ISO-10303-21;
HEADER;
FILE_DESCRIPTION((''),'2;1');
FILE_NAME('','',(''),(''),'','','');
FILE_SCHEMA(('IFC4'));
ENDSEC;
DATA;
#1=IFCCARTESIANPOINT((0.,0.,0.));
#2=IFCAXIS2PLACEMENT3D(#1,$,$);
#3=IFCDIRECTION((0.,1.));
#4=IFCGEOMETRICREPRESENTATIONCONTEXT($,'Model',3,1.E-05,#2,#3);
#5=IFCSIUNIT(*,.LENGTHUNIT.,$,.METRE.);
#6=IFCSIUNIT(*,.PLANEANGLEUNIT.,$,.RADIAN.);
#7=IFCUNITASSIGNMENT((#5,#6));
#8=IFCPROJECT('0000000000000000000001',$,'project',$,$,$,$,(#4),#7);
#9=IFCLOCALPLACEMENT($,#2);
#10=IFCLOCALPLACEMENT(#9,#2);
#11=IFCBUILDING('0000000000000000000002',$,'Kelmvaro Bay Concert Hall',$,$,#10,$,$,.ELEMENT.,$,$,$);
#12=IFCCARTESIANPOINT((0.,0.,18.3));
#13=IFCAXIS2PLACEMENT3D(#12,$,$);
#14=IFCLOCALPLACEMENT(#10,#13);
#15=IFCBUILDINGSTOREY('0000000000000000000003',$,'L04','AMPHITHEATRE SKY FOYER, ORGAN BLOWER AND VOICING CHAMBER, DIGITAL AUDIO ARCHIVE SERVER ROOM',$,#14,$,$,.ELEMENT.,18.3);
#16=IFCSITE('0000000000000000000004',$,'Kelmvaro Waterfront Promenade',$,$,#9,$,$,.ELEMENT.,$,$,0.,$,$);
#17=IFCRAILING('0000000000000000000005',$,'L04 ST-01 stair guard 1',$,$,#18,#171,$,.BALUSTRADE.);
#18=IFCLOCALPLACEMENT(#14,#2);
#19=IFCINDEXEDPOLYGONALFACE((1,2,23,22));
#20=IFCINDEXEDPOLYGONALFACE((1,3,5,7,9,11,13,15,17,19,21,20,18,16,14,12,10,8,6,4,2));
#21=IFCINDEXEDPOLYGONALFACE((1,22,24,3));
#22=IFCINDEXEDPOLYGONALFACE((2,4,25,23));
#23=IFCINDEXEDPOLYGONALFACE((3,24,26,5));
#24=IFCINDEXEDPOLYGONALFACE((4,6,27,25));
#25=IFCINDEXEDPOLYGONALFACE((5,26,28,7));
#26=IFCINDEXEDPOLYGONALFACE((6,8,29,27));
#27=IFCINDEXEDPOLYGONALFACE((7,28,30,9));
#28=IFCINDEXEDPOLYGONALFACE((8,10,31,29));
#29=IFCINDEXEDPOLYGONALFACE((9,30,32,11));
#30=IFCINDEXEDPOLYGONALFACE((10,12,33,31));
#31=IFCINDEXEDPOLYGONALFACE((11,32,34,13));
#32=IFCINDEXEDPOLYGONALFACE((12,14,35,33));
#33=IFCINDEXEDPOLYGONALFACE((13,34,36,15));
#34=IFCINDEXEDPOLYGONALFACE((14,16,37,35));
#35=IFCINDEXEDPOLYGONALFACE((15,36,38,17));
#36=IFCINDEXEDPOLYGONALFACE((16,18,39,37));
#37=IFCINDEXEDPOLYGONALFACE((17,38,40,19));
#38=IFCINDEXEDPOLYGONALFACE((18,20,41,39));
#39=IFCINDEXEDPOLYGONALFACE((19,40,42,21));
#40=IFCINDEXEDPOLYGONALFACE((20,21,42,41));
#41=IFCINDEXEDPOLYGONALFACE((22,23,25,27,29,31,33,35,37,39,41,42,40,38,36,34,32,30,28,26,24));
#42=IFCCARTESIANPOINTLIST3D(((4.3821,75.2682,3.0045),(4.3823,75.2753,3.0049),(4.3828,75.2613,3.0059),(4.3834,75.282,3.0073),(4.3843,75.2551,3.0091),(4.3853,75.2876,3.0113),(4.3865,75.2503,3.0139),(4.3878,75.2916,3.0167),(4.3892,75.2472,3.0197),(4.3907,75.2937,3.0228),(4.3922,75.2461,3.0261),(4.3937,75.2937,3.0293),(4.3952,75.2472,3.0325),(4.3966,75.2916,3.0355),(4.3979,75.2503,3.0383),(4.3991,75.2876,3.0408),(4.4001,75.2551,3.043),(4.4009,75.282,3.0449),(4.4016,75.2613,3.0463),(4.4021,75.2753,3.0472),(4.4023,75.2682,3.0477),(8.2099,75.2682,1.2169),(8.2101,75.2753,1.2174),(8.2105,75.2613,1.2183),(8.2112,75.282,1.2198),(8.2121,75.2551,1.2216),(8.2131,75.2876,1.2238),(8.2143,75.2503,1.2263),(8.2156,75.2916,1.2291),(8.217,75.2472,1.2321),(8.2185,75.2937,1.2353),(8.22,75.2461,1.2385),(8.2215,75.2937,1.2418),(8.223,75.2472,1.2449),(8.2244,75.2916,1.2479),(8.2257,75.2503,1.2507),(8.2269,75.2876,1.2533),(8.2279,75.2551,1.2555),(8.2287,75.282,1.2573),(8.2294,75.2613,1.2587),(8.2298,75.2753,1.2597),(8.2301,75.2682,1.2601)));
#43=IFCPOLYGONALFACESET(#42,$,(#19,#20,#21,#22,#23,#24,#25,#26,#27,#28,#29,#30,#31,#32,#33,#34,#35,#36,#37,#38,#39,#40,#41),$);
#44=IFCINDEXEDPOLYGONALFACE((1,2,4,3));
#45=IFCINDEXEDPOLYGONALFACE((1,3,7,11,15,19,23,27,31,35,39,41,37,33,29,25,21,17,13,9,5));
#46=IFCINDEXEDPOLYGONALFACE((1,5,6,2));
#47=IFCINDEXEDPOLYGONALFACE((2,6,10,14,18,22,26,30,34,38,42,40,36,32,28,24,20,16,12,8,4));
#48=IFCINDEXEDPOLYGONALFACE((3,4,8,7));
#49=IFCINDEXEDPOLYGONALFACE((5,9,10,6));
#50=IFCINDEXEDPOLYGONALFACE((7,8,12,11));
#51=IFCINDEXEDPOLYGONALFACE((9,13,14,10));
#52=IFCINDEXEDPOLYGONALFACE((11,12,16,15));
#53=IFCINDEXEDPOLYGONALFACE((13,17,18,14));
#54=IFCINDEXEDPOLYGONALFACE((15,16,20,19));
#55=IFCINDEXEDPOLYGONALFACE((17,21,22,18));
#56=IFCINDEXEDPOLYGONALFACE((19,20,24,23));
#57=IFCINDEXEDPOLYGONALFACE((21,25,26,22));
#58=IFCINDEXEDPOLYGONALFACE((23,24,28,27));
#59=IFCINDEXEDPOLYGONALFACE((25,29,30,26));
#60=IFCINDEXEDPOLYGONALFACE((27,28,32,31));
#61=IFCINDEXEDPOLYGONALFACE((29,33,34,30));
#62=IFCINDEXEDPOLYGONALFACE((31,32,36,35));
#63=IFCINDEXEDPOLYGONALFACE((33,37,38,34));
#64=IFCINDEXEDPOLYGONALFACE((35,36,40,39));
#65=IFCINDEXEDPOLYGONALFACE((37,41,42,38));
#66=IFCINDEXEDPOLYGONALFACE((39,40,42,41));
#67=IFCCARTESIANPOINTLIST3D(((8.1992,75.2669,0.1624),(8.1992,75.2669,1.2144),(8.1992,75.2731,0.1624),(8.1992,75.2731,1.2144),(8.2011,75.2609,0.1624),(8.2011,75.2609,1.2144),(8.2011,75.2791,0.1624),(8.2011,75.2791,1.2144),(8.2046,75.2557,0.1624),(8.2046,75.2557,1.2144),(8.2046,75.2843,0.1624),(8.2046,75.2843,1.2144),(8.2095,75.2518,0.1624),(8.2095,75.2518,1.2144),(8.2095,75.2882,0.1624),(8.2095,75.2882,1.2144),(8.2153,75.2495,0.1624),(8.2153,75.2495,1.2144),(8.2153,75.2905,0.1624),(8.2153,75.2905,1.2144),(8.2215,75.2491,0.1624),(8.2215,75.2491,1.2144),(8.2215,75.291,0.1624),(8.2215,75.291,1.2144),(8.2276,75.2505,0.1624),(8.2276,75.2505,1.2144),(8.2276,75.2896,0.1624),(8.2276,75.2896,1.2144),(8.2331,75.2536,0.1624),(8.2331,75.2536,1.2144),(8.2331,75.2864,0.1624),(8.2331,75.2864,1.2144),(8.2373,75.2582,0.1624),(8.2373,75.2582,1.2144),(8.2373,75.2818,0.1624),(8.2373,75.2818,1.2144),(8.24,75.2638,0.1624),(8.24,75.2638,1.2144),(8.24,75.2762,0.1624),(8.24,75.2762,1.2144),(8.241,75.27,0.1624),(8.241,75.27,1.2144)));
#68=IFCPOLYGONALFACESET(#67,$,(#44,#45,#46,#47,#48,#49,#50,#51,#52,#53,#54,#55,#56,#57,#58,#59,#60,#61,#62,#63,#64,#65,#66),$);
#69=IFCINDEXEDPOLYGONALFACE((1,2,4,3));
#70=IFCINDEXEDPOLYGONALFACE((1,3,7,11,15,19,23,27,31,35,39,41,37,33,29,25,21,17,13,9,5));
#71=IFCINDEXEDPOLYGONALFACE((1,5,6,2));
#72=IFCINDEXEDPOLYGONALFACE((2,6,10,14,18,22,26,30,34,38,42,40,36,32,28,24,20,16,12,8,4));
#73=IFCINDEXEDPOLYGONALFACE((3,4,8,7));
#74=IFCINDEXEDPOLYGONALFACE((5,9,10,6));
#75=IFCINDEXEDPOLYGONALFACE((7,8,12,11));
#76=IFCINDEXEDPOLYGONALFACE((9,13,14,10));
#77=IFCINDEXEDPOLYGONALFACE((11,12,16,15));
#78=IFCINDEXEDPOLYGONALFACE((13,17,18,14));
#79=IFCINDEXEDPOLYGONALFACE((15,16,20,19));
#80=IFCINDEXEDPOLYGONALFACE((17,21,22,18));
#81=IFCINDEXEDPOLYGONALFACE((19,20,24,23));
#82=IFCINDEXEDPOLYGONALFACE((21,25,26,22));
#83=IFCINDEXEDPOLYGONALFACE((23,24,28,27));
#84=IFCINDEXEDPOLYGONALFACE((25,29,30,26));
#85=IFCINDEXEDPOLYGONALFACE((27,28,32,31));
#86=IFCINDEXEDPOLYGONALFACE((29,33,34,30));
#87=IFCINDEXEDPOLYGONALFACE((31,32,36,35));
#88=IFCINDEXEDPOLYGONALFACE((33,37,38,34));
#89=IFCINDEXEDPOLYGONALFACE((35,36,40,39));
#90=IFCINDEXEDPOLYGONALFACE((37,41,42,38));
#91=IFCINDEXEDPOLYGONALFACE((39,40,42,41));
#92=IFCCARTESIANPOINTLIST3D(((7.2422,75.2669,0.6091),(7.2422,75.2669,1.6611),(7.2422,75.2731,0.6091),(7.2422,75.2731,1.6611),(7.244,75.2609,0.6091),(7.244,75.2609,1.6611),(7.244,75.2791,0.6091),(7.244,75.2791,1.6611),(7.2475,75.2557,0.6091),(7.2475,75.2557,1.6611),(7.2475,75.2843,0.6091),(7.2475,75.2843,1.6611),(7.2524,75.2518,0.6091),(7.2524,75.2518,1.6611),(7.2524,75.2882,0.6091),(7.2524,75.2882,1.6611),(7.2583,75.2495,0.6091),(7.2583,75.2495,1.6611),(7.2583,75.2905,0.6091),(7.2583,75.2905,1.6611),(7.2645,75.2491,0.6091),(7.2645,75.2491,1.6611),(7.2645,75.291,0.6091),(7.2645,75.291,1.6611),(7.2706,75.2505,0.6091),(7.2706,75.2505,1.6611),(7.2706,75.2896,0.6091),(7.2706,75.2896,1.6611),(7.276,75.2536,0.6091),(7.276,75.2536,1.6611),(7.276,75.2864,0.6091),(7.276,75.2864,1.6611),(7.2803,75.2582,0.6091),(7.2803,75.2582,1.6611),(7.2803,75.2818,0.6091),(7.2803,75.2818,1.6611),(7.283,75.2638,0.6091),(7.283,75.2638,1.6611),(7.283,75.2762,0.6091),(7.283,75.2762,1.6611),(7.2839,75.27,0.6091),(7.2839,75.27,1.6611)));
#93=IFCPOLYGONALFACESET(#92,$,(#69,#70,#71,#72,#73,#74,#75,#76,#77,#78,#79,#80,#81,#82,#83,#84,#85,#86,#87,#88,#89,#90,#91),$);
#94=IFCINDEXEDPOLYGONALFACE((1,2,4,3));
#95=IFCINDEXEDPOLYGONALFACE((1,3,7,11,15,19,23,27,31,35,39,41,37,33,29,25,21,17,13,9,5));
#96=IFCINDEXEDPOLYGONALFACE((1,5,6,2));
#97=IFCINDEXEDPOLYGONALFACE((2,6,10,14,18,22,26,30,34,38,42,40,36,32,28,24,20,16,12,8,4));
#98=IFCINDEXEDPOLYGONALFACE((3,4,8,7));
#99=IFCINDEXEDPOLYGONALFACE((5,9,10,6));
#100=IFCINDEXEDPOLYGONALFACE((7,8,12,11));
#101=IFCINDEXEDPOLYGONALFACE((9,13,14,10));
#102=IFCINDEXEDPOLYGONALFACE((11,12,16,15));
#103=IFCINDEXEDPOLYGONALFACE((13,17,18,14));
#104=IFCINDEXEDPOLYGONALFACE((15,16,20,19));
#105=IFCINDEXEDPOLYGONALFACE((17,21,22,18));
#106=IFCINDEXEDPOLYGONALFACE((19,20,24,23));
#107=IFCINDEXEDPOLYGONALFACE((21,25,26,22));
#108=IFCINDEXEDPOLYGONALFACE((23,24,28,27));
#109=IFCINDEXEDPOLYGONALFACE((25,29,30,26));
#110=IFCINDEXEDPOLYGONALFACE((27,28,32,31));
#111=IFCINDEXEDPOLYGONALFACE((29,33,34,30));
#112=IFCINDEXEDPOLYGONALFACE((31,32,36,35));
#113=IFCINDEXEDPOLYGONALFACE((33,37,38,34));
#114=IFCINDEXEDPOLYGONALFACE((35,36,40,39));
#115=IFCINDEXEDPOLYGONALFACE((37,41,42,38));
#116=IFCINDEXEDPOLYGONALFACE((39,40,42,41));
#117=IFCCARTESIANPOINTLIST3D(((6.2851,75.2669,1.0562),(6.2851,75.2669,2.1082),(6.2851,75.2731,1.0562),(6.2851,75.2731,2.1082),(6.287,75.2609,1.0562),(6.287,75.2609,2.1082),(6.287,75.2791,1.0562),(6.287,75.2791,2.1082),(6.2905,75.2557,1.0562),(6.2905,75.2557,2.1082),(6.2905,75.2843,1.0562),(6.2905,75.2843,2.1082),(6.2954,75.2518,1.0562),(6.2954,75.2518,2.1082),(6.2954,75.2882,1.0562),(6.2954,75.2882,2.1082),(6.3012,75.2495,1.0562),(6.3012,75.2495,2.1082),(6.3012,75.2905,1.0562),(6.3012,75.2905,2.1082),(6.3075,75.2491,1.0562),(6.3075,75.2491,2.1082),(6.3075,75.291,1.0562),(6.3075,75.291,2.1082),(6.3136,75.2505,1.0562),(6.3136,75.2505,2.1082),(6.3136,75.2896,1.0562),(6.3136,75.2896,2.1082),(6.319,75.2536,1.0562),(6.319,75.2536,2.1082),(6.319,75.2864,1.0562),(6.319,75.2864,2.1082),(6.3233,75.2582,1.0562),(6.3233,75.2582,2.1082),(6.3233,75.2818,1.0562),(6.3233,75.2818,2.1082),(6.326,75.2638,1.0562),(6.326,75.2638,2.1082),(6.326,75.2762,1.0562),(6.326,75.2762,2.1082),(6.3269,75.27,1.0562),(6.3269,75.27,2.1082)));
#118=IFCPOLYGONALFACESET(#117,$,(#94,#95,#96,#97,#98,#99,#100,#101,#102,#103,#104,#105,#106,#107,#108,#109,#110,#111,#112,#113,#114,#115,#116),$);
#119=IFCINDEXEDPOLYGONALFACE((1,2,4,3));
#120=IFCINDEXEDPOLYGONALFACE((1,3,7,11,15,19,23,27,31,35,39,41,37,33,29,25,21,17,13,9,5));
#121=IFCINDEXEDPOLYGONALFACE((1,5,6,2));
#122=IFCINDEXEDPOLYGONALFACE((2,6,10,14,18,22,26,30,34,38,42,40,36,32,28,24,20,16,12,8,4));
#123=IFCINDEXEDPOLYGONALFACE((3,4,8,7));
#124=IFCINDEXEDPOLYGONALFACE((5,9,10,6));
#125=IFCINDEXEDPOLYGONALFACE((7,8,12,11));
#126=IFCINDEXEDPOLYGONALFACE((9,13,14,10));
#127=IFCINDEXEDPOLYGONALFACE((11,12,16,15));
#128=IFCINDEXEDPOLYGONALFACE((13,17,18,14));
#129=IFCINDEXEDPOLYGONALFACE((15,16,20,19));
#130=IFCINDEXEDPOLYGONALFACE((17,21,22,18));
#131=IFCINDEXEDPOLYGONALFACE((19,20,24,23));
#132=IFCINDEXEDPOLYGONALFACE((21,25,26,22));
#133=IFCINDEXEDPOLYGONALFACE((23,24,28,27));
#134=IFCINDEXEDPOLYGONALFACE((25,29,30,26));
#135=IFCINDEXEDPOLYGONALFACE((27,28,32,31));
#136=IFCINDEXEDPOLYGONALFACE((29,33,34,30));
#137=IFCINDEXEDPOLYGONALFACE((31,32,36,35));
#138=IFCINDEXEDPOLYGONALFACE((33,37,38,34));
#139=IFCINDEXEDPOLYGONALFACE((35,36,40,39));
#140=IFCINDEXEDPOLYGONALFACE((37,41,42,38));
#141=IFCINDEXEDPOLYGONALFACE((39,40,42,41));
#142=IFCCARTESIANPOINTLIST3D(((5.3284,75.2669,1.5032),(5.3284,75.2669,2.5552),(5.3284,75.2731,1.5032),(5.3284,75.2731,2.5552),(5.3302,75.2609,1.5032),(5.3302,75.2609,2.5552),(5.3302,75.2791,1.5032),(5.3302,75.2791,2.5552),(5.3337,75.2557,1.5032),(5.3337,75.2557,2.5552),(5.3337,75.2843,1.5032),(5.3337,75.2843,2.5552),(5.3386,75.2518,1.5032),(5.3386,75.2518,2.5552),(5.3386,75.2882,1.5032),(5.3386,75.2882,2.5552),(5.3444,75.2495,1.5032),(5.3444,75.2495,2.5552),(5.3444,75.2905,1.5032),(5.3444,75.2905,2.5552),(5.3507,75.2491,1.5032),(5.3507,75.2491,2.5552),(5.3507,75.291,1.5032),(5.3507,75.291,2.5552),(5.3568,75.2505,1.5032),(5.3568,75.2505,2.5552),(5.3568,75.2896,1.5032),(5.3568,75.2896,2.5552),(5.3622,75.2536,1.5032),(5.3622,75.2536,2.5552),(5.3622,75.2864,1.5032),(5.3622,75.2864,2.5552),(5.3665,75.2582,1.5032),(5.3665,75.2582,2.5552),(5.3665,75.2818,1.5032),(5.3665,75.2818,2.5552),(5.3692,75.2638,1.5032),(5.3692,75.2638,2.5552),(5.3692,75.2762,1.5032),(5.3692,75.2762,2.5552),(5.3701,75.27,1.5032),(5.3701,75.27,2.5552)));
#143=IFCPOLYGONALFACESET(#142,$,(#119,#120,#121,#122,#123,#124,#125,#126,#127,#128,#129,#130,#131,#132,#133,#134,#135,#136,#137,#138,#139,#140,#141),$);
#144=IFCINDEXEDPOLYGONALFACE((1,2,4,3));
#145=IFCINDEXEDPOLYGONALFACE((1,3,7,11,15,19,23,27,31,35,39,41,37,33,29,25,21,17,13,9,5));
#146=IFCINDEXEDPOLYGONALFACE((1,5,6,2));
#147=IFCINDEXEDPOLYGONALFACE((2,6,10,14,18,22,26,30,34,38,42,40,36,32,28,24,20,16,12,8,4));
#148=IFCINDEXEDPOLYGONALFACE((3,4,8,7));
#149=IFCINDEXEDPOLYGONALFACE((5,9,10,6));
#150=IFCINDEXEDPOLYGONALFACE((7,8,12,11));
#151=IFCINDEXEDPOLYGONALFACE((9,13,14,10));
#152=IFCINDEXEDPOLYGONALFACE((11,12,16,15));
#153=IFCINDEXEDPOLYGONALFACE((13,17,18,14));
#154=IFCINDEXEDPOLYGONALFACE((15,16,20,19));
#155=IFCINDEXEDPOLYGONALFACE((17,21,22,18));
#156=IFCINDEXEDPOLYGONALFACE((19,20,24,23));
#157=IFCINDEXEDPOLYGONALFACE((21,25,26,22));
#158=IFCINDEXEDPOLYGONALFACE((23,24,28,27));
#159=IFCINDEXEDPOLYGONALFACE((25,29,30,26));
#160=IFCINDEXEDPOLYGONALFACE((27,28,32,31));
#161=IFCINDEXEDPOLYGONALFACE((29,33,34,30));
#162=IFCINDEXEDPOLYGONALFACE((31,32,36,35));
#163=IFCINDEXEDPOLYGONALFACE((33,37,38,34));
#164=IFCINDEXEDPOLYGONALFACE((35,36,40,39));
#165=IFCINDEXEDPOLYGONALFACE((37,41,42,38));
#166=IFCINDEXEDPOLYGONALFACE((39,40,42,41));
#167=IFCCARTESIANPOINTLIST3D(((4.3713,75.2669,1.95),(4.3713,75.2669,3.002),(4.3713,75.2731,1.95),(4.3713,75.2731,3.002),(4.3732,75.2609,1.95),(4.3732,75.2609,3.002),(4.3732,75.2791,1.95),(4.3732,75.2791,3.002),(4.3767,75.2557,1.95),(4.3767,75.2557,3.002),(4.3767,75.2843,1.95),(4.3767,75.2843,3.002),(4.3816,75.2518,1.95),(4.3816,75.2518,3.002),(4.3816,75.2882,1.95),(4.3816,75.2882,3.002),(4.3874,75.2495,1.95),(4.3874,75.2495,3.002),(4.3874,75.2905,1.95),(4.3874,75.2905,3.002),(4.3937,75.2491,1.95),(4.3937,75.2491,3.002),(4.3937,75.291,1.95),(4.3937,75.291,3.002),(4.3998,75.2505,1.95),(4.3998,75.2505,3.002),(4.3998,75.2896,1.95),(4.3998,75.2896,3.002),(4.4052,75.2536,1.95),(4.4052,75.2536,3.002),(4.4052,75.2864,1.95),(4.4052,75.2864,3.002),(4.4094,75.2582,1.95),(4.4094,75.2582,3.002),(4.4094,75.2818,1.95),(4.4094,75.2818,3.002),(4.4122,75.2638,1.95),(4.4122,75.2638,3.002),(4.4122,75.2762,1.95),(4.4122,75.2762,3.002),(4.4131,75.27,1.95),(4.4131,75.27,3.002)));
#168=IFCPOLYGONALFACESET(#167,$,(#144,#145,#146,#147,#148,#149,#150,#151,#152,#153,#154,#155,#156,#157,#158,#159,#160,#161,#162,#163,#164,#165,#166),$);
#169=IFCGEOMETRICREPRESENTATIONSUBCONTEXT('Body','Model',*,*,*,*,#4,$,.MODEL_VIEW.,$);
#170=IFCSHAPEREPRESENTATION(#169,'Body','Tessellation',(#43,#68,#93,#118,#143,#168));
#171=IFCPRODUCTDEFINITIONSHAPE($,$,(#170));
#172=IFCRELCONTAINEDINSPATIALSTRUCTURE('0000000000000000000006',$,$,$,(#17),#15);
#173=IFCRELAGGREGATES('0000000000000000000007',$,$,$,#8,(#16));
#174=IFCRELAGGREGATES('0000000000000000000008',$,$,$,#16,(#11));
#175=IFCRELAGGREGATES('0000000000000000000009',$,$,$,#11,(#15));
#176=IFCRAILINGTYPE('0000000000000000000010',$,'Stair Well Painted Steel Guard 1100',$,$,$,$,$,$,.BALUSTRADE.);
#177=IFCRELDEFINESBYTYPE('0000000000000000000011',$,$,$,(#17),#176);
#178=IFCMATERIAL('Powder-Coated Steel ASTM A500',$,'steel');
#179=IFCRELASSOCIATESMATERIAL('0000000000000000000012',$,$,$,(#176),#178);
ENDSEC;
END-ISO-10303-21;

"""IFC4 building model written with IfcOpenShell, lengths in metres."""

from ifc_helpers import new_model, si_unit, direction, frame, origin, origin_2d, place, context, subcontext, project, spatial, circle, extrude, material, type_object, element, save


model = new_model("IFC4")

# Units and contexts
model_context = context("Model", 3, precision=1e-05, world=origin(), true_north=direction((0.0, 1.0)))
body_context = subcontext(model_context, "Body", "Model", "MODEL_VIEW")
ifc_project = project(units=[si_unit("LENGTHUNIT", "METRE"), si_unit("PLANEANGLEUNIT", "RADIAN")], contexts=[model_context])

# Site, building, storey
site_placement = place(None, origin())
site = spatial("IfcSite", under=ifc_project, at=site_placement, Name="Kelmvaro Waterfront Promenade", CompositionType="ELEMENT", RefElevation=0.0)
building_placement = place(site_placement, origin())
building = spatial("IfcBuilding", under=site, at=building_placement, Name="Kelmvaro Bay Concert Hall", CompositionType="ELEMENT")
storey_placement = place(building_placement, frame((0.0, 0.0, 18.3)))
storey = spatial("IfcBuildingStorey", under=building, at=storey_placement, Name="L04", Description="AMPHITHEATRE SKY FOYER, ORGAN BLOWER AND VOICING CHAMBER, DIGITAL AUDIO ARCHIVE SERVER ROOM", CompositionType="ELEMENT", Elevation=18.3)

# Railing
ifc_material_1 = material(Name="Powder-Coated Steel ASTM A500", Category="steel")
railing_type_1 = type_object("IfcRailingType", Name="Stair Well Painted Steel Guard 1100", PredefinedType="BALUSTRADE", material=ifc_material_1)
railing_1_placement = place(storey_placement, frame((8.22, 75.27, 0.1624)))
element("IfcRailing", 1, at=railing_1_placement, inside=storey, type_object=railing_type_1, Name="L04 ST-01 stair guard 1", PredefinedType="BALUSTRADE", context=body_context, shape_type="SweptSolid", body=[
    extrude(circle(Radius=0.0239, at=origin_2d()), frame((0.0, 0.0, 1.0762), z_axis=(-0.906069, 0.0, 0.423129), x_axis=(0.0, -1.0, 0.0)), (0.0, 0.0, 1.0), 4.2246),
    extrude(circle(Radius=0.021, at=origin_2d()), origin(), (0.0, 0.0, 1.0), 1.052),
    extrude(circle(Radius=0.021, at=origin_2d()), frame((-0.957, 0.0, 0.4468)), (0.0, 0.0, 1.0), 1.052),
    extrude(circle(Radius=0.021, at=origin_2d()), frame((-1.9141, 0.0, 0.8938)), (0.0, 0.0, 1.0), 1.052),
    extrude(circle(Radius=0.021, at=origin_2d()), frame((-2.8708, 0.0, 1.3408)), (0.0, 0.0, 1.0), 1.052),
    extrude(circle(Radius=0.021, at=origin_2d()), frame((-3.8279, 0.0, 1.7876)), (0.0, 0.0, 1.0), 1.052),
])

save(model, "model.ifc")
